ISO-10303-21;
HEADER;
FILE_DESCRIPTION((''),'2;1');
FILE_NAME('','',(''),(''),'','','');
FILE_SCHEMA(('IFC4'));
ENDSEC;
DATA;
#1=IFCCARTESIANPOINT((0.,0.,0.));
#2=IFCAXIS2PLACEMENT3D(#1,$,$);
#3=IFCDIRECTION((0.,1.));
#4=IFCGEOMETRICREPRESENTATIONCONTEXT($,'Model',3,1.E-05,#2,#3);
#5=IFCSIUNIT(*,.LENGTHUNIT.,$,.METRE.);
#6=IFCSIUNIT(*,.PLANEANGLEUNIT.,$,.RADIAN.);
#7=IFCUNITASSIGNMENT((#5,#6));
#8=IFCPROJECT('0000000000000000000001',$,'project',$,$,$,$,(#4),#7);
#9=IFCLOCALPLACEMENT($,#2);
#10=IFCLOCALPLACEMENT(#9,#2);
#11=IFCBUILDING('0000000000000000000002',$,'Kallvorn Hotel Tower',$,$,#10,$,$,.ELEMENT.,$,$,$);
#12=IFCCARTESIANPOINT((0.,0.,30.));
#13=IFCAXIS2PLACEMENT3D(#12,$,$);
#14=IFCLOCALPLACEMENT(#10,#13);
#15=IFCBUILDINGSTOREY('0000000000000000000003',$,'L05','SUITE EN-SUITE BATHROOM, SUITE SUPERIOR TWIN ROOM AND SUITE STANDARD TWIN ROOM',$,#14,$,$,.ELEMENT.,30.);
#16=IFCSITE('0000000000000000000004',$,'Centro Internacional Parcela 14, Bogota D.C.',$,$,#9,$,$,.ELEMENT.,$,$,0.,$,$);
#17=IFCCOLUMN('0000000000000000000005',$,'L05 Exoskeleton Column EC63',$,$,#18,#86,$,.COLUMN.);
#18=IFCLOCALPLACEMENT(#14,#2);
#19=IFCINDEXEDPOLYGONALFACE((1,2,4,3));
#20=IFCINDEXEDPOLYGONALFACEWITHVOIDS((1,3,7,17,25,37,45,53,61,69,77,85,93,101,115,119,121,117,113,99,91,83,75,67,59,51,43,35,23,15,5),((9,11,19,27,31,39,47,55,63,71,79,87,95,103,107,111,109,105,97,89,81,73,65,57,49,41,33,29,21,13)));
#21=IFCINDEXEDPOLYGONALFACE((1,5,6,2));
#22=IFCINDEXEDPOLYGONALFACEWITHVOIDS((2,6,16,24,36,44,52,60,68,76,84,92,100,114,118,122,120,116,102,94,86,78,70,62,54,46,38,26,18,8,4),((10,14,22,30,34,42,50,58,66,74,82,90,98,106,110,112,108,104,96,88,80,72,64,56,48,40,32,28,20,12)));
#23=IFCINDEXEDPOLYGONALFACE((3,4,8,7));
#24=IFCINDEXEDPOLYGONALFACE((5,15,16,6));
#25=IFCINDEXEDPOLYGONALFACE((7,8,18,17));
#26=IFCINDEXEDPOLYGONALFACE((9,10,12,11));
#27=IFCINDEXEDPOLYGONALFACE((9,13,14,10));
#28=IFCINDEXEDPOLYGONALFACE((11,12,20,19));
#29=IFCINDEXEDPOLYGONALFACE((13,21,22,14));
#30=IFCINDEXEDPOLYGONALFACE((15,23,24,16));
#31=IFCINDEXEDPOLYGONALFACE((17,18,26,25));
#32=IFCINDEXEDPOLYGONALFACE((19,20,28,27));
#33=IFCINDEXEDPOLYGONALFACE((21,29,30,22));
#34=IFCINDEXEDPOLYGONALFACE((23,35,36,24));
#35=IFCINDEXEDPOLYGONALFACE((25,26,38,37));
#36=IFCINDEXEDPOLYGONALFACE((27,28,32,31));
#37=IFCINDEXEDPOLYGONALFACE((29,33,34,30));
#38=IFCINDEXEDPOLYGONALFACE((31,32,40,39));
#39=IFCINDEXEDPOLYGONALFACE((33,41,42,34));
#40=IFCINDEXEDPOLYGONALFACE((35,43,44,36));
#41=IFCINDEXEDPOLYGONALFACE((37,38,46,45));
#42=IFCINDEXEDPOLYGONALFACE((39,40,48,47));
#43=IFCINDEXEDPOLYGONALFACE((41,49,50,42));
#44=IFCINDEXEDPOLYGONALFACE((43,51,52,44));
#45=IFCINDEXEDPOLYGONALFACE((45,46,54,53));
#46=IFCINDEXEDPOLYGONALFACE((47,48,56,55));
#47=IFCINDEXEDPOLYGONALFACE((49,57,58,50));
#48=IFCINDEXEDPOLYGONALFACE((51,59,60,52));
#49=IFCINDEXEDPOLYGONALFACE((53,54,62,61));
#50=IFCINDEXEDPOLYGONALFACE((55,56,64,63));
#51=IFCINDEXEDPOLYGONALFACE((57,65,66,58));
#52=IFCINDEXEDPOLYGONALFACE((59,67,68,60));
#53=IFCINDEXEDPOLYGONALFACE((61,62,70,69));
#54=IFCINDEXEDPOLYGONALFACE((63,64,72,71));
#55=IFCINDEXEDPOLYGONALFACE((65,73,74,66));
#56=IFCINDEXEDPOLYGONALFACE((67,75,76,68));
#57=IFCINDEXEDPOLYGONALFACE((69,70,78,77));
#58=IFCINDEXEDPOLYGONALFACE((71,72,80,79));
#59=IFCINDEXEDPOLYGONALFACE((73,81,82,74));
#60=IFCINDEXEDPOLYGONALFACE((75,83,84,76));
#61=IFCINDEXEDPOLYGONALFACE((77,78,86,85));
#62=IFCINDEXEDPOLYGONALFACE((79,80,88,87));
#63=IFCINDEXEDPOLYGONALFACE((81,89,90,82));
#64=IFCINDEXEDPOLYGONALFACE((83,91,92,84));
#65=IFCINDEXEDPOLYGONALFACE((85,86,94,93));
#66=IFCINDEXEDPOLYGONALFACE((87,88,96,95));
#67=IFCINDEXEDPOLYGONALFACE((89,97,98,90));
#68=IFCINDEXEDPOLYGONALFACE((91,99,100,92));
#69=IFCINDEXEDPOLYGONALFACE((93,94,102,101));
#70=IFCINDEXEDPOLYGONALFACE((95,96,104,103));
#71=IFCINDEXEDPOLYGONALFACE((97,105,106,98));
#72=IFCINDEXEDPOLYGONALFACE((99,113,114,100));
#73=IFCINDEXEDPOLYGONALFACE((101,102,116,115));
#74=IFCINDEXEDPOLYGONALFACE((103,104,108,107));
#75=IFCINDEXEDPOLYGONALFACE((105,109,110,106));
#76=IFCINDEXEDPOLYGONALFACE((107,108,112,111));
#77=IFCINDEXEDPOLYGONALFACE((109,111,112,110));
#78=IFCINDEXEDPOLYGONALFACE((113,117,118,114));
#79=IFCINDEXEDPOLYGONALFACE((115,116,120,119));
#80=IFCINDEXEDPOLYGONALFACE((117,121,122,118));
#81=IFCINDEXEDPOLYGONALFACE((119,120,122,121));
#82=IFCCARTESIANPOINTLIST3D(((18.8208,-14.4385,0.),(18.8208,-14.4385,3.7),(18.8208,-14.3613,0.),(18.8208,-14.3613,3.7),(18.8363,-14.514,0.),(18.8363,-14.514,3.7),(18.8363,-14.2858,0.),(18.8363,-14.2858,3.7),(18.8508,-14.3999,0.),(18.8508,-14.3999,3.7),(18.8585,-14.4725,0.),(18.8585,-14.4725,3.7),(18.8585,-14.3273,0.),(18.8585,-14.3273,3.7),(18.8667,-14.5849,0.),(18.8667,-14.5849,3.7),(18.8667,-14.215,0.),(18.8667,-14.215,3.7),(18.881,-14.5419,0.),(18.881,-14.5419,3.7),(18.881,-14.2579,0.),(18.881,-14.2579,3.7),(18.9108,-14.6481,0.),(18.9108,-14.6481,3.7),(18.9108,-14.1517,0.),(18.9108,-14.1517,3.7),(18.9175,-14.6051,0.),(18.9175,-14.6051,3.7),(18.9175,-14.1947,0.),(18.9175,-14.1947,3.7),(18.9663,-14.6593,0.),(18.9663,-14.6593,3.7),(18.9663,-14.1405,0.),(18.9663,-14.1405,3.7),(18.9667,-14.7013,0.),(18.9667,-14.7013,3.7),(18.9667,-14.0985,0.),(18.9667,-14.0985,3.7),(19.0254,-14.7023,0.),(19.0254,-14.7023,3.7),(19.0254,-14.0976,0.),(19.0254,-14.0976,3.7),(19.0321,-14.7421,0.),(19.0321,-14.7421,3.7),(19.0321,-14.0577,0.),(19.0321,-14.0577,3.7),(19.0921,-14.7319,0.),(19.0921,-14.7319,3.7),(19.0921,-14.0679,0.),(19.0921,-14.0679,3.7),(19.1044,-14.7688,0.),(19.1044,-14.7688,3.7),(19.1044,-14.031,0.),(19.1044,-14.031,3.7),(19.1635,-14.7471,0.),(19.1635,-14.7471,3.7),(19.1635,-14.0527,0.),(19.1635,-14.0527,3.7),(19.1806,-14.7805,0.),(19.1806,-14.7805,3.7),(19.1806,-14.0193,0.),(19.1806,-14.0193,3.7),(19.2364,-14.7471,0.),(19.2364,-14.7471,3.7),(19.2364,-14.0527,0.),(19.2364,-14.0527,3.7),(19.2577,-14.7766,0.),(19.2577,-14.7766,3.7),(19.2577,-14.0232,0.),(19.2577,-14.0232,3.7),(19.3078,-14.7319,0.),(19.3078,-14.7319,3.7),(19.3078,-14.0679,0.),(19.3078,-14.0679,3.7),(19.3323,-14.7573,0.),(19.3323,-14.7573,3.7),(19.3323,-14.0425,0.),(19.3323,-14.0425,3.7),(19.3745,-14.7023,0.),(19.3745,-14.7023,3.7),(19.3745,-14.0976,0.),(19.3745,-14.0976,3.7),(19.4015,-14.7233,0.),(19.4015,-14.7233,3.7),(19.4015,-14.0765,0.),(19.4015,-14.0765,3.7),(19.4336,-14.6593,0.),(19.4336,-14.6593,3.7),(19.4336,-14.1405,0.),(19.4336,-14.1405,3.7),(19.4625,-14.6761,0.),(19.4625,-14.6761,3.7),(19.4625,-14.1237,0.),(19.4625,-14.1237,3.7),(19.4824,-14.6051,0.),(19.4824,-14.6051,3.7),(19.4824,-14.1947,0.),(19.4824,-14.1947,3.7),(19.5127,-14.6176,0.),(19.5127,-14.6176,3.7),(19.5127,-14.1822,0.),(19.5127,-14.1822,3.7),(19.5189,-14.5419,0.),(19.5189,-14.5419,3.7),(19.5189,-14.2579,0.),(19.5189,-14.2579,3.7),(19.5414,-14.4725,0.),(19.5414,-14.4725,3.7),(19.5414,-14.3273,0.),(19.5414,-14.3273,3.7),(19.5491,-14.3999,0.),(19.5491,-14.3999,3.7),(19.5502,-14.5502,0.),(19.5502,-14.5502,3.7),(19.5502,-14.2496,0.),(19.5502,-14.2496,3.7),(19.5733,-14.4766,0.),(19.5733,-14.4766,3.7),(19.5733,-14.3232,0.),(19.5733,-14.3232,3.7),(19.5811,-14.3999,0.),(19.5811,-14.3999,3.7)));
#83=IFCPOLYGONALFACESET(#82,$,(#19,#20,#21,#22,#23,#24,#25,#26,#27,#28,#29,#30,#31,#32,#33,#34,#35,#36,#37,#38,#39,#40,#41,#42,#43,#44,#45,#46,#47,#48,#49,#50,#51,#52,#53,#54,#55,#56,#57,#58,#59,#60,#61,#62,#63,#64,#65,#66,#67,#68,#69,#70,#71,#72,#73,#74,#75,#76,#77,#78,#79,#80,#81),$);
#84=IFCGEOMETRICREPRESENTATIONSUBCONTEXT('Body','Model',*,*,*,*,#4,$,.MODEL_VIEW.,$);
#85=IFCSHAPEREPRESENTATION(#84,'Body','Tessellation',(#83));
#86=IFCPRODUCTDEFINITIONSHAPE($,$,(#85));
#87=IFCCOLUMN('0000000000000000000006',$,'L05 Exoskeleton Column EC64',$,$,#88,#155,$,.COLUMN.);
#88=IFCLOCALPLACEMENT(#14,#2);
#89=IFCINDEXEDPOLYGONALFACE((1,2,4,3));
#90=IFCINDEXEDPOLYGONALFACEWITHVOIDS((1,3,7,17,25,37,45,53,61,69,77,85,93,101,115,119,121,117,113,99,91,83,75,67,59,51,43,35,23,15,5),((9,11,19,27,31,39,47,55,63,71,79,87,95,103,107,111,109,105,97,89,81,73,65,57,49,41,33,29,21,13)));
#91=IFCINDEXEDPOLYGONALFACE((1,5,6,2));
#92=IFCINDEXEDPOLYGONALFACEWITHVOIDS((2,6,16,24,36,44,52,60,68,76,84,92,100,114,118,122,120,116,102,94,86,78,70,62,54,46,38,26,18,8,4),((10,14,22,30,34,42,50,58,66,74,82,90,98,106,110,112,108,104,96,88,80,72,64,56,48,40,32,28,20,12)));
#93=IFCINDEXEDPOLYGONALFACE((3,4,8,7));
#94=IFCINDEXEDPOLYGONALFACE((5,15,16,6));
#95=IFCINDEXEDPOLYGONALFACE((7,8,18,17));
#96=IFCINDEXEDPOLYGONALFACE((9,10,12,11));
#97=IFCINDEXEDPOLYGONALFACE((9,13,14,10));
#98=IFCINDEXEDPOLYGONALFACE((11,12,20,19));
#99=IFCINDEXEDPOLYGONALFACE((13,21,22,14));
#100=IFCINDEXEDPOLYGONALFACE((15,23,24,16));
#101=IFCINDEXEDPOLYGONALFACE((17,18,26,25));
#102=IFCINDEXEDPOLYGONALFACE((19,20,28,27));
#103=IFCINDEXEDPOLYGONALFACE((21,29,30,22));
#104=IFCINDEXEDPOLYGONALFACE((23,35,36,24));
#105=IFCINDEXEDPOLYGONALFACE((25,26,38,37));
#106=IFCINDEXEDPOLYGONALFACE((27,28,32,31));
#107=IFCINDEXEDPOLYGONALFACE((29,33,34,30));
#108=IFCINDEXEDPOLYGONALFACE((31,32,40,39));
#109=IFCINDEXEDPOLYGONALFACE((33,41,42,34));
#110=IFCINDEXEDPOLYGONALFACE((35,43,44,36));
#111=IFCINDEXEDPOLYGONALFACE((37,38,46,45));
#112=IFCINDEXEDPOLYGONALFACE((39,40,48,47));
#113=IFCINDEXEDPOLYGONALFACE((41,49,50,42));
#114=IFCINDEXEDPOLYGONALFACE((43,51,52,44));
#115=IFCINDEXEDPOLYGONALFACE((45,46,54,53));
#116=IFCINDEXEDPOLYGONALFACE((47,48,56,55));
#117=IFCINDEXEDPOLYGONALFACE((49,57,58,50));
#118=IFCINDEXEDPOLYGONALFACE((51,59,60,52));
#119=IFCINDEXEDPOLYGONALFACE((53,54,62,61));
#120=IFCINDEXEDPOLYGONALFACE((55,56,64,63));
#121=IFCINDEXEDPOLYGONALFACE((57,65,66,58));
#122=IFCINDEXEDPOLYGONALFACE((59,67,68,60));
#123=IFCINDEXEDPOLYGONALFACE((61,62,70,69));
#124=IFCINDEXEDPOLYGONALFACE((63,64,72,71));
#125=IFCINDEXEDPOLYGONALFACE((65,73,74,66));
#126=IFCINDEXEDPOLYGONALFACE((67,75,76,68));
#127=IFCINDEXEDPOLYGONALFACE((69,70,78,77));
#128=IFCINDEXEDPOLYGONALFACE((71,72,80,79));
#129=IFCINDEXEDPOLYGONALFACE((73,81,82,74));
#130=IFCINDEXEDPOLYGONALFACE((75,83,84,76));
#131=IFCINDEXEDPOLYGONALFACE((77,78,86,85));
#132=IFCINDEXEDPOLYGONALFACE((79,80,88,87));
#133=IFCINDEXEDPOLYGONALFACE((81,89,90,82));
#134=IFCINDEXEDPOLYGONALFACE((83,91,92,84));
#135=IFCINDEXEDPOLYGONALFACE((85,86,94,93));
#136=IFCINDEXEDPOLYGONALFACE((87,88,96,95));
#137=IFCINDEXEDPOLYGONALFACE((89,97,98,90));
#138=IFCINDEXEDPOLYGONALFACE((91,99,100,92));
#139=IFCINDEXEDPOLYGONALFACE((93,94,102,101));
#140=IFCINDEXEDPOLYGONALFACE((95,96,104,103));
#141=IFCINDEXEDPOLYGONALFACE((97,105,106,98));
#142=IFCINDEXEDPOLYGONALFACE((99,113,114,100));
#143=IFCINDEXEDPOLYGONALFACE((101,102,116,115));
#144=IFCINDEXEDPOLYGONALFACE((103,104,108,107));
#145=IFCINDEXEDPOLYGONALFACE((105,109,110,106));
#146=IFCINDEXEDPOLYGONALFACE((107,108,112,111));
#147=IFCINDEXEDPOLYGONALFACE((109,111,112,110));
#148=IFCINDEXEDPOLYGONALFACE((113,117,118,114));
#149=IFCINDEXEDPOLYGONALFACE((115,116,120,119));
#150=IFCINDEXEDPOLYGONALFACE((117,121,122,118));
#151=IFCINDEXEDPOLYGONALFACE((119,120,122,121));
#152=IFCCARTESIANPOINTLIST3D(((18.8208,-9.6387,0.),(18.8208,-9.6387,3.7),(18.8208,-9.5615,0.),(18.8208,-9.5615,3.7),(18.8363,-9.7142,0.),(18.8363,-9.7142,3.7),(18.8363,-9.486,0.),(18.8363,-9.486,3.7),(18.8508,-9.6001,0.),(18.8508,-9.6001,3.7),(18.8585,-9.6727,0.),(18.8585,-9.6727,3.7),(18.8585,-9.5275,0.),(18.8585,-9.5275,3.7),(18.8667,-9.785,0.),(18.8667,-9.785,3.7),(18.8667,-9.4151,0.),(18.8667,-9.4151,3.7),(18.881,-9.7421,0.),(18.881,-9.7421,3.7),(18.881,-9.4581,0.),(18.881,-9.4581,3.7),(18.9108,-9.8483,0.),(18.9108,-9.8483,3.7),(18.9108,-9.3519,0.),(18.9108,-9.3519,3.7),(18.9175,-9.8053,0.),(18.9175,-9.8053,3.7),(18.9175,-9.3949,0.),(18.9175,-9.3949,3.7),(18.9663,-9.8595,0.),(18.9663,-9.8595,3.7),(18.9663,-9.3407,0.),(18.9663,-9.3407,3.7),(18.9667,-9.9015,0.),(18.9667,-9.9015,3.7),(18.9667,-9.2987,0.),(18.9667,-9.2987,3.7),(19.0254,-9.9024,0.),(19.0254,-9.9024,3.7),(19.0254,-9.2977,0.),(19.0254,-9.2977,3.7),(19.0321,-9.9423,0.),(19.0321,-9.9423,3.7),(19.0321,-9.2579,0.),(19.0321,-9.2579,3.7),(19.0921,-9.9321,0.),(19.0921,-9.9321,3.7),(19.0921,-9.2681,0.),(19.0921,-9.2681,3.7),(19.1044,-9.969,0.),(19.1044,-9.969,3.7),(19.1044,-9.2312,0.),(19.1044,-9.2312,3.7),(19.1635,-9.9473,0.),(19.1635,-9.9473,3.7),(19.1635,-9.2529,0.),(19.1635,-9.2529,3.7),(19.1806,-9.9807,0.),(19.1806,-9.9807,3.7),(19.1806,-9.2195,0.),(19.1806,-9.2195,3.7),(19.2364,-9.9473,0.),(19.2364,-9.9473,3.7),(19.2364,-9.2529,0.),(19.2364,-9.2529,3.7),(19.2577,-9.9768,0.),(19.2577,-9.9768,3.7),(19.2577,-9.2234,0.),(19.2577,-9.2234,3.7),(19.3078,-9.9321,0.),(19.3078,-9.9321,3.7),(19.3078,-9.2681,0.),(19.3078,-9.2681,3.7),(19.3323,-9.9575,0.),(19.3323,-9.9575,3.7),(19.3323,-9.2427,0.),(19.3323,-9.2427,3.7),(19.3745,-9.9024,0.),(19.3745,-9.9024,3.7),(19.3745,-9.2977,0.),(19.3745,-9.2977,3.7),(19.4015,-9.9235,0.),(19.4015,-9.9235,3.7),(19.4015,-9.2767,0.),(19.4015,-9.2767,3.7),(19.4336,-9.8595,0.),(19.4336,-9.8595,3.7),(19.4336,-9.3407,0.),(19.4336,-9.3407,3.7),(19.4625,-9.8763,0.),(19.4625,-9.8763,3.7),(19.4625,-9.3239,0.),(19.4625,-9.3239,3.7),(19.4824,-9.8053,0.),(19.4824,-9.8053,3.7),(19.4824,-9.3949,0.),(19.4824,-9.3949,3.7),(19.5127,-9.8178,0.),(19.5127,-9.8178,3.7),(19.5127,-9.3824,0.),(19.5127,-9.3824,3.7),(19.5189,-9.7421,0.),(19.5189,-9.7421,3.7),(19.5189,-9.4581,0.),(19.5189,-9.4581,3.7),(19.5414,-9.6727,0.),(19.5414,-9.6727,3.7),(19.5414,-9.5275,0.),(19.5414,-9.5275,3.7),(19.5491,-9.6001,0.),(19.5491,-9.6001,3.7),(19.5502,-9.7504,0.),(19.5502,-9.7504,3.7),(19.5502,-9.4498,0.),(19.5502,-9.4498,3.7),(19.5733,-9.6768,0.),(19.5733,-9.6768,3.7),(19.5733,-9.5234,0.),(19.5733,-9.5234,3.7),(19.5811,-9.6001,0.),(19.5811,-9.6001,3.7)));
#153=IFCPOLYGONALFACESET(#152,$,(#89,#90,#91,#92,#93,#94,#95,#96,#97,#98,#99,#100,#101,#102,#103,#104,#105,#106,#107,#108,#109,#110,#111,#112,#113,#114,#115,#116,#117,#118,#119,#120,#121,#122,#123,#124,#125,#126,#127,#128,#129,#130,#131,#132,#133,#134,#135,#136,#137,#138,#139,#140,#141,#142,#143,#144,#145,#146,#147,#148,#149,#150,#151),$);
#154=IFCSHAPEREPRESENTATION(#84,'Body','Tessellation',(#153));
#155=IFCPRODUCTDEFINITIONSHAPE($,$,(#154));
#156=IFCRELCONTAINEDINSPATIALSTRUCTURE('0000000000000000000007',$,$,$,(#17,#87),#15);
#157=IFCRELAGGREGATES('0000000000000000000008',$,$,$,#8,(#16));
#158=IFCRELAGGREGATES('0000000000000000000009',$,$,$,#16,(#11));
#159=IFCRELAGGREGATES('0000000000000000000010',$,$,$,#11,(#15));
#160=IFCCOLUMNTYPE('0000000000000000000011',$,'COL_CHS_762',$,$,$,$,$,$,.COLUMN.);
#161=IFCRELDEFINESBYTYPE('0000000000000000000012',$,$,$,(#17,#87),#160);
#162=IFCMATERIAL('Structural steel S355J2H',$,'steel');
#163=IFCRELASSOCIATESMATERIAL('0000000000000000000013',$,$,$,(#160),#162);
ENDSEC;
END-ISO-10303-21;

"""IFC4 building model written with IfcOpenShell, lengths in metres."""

from ifc_helpers import new_model, si_unit, direction, frame, origin, origin_2d, place, context, subcontext, project, spatial, hollow_circle, extrude, material, material_profile, profile_set, type_object, element, save


model = new_model("IFC4")

# Units and contexts
model_context = context("Model", 3, precision=1e-05, world=origin(), true_north=direction((0.0, 1.0)))
body_context = subcontext(model_context, "Body", "Model", "MODEL_VIEW")
ifc_project = project(units=[si_unit("LENGTHUNIT", "METRE"), si_unit("PLANEANGLEUNIT", "RADIAN")], contexts=[model_context])

# Site, building, storey
site_placement = place(None, origin())
site = spatial("IfcSite", under=ifc_project, at=site_placement, Name="Centro Internacional Parcela 14, Bogota D.C.", CompositionType="ELEMENT", RefElevation=0.0)
building_placement = place(site_placement, origin())
building = spatial("IfcBuilding", under=site, at=building_placement, Name="Kallvorn Hotel Tower", CompositionType="ELEMENT")
storey_placement = place(building_placement, frame((0.0, 0.0, 30.0)))
storey = spatial("IfcBuildingStorey", under=building, at=storey_placement, Name="L05", Description="SUITE EN-SUITE BATHROOM, SUITE SUPERIOR TWIN ROOM AND SUITE STANDARD TWIN ROOM", CompositionType="ELEMENT", Elevation=30.0)

# Columns
ifc_material_1 = material(Name="Structural steel S355J2H", Category="steel")
ifc_material_profile_1 = material_profile(ifc_material_1, hollow_circle(Radius=0.3811, WallThickness=0.032, at=origin_2d()), Name="CHS 762x32")
ifc_profile_set_1 = profile_set([ifc_material_profile_1], Name="Structural steel S355J2H")
column_type_1 = type_object("IfcColumnType", Name="COL_CHS_762", PredefinedType="COLUMN", material=ifc_profile_set_1)
for number, where, z_axis, x_axis, name in (
    (1, (19.2, -14.3999, 0.0), (0.0, 0.0, 1.0), (1.0, 0.0, 0.0), "L05 Exoskeleton Column EC63"),
    (2, (19.2, -9.6001, 0.0), (0.0, 0.0, 1.0), (1.0, 0.0, 0.0), "L05 Exoskeleton Column EC64"),
):
    element("IfcColumn", number, at=place(storey_placement, frame(where, z_axis=z_axis, x_axis=x_axis)), inside=storey, type_object=column_type_1, Name=name, PredefinedType="COLUMN", context=body_context, shape_type="SweptSolid", body=[
        extrude(hollow_circle(Radius=0.3811, WallThickness=0.032, at=origin_2d()), origin(), (0.0, 0.0, 1.0), 3.7),
    ])

save(model, "model.ifc")
